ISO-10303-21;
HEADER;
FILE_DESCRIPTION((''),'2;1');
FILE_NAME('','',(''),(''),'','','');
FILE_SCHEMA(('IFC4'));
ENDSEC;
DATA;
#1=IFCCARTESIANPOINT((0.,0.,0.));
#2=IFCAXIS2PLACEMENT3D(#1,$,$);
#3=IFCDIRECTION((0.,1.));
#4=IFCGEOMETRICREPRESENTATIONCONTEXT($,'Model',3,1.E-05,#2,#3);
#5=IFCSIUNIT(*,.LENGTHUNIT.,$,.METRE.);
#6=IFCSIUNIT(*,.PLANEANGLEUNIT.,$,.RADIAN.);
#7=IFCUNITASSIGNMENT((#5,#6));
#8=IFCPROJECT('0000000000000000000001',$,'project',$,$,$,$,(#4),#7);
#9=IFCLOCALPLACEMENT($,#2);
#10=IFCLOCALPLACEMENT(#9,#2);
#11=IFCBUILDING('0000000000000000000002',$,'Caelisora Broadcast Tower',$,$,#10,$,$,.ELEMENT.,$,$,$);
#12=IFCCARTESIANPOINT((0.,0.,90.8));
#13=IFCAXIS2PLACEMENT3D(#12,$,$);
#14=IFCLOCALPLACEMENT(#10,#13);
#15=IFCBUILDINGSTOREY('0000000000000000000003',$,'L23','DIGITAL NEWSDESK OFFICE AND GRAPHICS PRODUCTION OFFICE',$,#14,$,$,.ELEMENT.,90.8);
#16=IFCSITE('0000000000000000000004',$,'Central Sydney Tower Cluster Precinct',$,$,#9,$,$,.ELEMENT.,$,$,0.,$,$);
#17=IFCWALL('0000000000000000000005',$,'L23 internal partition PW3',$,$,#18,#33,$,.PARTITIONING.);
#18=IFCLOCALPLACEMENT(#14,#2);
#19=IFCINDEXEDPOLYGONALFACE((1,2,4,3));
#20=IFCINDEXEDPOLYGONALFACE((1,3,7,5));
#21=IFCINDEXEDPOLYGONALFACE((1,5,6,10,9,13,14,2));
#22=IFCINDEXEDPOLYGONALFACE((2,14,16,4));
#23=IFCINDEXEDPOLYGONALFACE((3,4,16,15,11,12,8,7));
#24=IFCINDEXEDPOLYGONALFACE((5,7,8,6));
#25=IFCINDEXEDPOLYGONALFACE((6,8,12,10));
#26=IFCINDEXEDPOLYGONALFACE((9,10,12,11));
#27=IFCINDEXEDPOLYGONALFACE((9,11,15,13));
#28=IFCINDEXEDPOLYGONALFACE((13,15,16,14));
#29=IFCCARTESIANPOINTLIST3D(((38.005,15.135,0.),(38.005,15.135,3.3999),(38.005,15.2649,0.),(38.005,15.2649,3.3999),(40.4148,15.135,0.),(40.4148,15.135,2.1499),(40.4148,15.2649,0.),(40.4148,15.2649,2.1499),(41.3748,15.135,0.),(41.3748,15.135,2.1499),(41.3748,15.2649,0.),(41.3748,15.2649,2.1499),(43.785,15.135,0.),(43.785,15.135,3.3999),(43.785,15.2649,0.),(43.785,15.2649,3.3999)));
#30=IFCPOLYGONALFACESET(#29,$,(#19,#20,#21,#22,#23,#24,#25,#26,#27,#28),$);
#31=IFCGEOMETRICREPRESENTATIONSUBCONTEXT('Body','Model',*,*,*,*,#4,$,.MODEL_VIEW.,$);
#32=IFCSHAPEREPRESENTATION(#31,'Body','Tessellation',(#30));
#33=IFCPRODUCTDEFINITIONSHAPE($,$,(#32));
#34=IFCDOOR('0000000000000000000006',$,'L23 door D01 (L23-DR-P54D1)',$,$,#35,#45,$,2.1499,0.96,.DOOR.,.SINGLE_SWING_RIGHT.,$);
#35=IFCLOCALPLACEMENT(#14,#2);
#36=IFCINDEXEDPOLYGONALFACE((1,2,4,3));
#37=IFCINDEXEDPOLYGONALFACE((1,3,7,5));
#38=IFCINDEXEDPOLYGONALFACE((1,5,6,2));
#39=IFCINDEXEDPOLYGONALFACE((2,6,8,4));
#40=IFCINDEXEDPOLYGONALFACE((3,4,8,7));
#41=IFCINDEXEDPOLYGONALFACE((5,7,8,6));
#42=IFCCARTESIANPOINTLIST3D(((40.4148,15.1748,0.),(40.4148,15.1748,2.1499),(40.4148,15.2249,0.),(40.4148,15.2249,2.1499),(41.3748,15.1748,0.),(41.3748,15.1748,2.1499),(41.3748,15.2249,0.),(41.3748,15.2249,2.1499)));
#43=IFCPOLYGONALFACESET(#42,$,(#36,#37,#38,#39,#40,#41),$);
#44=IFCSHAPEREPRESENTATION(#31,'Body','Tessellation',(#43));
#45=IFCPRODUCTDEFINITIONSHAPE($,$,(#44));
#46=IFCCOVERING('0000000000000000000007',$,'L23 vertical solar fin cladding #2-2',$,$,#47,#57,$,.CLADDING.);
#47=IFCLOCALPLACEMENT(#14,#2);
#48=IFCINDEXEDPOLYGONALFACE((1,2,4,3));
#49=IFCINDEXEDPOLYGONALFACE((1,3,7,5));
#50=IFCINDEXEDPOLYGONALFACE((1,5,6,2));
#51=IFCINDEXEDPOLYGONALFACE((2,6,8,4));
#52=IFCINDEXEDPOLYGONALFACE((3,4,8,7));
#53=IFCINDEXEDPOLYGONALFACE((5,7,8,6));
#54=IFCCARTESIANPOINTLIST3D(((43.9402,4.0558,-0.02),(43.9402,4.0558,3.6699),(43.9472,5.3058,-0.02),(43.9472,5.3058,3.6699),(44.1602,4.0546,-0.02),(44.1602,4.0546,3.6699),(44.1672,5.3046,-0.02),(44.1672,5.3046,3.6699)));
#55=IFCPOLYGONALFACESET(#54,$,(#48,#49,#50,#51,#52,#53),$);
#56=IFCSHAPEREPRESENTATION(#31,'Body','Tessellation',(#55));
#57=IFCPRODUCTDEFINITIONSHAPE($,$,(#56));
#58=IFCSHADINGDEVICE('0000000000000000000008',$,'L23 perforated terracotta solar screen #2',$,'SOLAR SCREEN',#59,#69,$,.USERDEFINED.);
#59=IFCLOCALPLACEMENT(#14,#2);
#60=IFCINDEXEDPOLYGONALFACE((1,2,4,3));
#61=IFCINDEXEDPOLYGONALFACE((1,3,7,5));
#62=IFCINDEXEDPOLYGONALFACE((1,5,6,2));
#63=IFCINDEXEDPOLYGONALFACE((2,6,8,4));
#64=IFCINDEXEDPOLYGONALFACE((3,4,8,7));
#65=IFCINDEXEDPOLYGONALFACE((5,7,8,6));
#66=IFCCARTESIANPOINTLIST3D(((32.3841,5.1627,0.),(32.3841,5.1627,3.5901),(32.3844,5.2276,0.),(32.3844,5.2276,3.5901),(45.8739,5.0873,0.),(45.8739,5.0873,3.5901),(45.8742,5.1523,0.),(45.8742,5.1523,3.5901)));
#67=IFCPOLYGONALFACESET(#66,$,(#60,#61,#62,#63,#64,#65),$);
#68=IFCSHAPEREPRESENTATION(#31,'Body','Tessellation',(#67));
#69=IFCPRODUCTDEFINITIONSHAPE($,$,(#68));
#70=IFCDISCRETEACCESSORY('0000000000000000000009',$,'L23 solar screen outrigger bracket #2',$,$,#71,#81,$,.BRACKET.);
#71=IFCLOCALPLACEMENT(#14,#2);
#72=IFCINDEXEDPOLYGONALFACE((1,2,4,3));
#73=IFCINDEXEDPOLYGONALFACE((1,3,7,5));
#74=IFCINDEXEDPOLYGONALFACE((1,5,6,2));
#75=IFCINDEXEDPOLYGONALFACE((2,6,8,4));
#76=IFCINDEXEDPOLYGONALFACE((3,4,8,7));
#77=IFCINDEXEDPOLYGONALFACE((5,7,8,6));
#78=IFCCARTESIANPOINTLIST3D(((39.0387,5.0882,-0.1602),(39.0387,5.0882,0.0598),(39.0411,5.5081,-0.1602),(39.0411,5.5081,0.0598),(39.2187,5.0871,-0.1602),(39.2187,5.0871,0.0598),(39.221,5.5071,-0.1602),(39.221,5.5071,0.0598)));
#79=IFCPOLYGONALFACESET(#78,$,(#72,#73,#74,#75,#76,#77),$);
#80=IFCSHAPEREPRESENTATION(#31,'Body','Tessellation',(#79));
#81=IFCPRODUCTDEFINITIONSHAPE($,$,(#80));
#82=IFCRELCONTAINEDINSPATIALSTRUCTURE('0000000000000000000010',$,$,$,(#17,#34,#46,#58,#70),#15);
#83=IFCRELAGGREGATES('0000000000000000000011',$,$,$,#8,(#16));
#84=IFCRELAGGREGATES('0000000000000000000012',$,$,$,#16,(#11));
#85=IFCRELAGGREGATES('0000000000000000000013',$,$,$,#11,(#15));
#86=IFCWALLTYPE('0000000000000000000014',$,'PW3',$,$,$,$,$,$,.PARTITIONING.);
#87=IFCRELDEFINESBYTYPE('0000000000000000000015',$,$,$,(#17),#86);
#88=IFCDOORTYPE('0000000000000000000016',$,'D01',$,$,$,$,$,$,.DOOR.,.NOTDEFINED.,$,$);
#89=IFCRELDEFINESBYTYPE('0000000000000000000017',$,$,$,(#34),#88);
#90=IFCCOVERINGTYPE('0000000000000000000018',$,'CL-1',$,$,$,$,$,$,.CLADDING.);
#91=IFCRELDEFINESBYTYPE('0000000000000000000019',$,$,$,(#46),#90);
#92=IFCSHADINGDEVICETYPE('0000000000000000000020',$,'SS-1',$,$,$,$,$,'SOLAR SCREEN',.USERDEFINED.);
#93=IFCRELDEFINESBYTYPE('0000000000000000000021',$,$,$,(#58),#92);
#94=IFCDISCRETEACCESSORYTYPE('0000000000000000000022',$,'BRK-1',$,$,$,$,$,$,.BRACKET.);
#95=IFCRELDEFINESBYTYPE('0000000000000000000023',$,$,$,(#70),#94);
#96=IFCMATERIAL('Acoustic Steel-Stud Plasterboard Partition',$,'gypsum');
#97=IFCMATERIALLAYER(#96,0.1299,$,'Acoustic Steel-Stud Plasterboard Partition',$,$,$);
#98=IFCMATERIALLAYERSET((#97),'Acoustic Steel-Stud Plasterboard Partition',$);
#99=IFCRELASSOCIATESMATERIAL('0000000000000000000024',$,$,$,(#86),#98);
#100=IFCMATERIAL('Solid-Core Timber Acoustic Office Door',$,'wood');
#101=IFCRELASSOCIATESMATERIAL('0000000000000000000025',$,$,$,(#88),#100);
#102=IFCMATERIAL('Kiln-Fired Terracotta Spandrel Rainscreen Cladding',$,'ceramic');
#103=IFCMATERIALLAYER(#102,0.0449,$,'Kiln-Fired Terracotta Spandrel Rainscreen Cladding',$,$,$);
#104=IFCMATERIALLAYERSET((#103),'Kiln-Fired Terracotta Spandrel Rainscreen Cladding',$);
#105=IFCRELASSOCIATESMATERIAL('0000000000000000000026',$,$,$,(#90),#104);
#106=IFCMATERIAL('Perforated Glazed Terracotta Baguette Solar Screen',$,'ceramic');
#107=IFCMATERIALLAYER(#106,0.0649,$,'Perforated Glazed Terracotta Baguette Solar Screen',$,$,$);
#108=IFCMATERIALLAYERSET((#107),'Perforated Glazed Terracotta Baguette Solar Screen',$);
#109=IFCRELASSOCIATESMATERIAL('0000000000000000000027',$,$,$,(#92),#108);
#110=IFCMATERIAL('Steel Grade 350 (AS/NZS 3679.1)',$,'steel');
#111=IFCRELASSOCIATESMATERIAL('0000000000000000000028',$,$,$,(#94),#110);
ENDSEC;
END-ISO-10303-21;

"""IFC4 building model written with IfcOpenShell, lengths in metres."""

from ifc_helpers import new_model, si_unit, direction, frame, frame_2d, origin, origin_2d, place, context, subcontext, project, spatial, rectangle, extrude, source, transform, mapped, material, layer, layer_set, type_object, type_shapes, element, fill, save


model = new_model("IFC4")

# Units and contexts
model_context = context("Model", 3, precision=1e-05, world=origin(), true_north=direction((0.0, 1.0)))
body_context = subcontext(model_context, "Body", "Model", "MODEL_VIEW")
ifc_project = project(units=[si_unit("LENGTHUNIT", "METRE"), si_unit("PLANEANGLEUNIT", "RADIAN")], contexts=[model_context])

# Site, building, storey
site_placement = place(None, origin())
site = spatial("IfcSite", under=ifc_project, at=site_placement, Name="Central Sydney Tower Cluster Precinct", CompositionType="ELEMENT", RefElevation=0.0)
building_placement = place(site_placement, origin())
building = spatial("IfcBuilding", under=site, at=building_placement, Name="Caelisora Broadcast Tower", CompositionType="ELEMENT")
storey_placement = place(building_placement, frame((0.0, 0.0, 90.8)))
storey = spatial("IfcBuildingStorey", under=building, at=storey_placement, Name="L23", Description="DIGITAL NEWSDESK OFFICE AND GRAPHICS PRODUCTION OFFICE", CompositionType="ELEMENT", Elevation=90.8)

# Shared definitions
ifc_material_1 = material(Name="Steel Grade 350 (AS/NZS 3679.1)", Category="steel")

# Shared definitions
ifc_material_2 = material(Name="Acoustic Steel-Stud Plasterboard Partition", Category="gypsum")
ifc_layer_1 = layer(ifc_material_2, 0.1299, Name="Acoustic Steel-Stud Plasterboard Partition")
ifc_layer_set_1 = layer_set([ifc_layer_1], Name="Acoustic Steel-Stud Plasterboard Partition")
wall_type = type_object("IfcWallType", Name="PW3", PredefinedType="PARTITIONING", material=ifc_layer_set_1)
ifc_material_3 = material(Name="Solid-Core Timber Acoustic Office Door", Category="wood")
door_type = type_object("IfcDoorType", Name="D01", OperationType="NOTDEFINED", PredefinedType="DOOR", material=ifc_material_3)

# Wall, opening, door
wall_1_placement = place(storey_placement, frame((38.0049, 15.2, 0.0), z_axis=(0.0, 0.0, 1.0), x_axis=(1.0, 0.0, 0.0)))
wall_1 = element("IfcWall", 1, at=wall_1_placement, inside=storey, type_object=wall_type, Name="L23 internal partition PW3", PredefinedType="PARTITIONING", context=body_context, shape_type="SweptSolid", body=[
    extrude(rectangle(XDim=5.78, YDim=0.1299, at=frame_2d((2.8901, 0.0))), origin(), (0.0, 0.0, 1.0), 3.3999),
])
opening_1_placement = place(wall_1_placement, frame((2.4099, 0.0, 0.0)))
opening_1 = element("IfcOpeningElement", 2, at=opening_1_placement, cuts=wall_1, PredefinedType="OPENING", context=body_context, shape_type="SweptSolid", body=[
    extrude(rectangle(XDim=0.96, YDim=2.1499, at=frame_2d((0.48, 1.075))), frame((0.0, 0.0769, 0.0), z_axis=(0.0, -1.0, 0.0), x_axis=(1.0, 0.0, 0.0)), (0.0, 0.0, 1.0), 0.1538),
])
door_1_placement = place(opening_1_placement, origin())
door_1 = element("IfcDoor", 3, at=door_1_placement, inside=storey, type_object=door_type, Name="L23 door D01 (L23-DR-P54D1)", OperationType="SINGLE_SWING_RIGHT", OverallHeight=2.1499, OverallWidth=0.96, PredefinedType="DOOR", context=body_context, shape_type="SweptSolid", body=[
    extrude(rectangle(XDim=0.96, YDim=2.1499, at=frame_2d((0.48, 1.075))), frame((0.0, 0.0249, 0.0), z_axis=(0.0, -1.0, 0.0), x_axis=(1.0, 0.0, 0.0)), (0.0, 0.0, 1.0), 0.05),
])
fill(opening_1, door_1)

# Covering
ifc_material_4 = material(Name="Kiln-Fired Terracotta Spandrel Rainscreen Cladding", Category="ceramic")
ifc_layer_2 = layer(ifc_material_4, 0.0449, Name="Kiln-Fired Terracotta Spandrel Rainscreen Cladding")
ifc_layer_set_2 = layer_set([ifc_layer_2], Name="Kiln-Fired Terracotta Spandrel Rainscreen Cladding")
covering_type = type_object("IfcCoveringType", Name="CL-1", PredefinedType="CLADDING", material=ifc_layer_set_2)
shared_shape_1 = source(origin(), body_context, "Body", "SweptSolid", [
    extrude(rectangle(XDim=0.22, YDim=1.25, at=origin_2d()), origin(), (0.0, 0.0, 1.0), 3.6899),
])
type_shapes(covering_type, [shared_shape_1])
covering_placement = place(storey_placement, frame((44.0537, 4.6802, -0.02), z_axis=(0.0, 0.0, 1.0), x_axis=(-0.999984, 0.005585, 0.0)))
element("IfcCovering", 4, at=covering_placement, inside=storey, type_object=covering_type, Name="L23 vertical solar fin cladding #2-2", PredefinedType="CLADDING", context=body_context, shape_type="MappedRepresentation", body=[
    mapped(shared_shape_1, transform((0.0, 0.0, 0.0), scale=1.0)),
])

# Shading device
ifc_material_5 = material(Name="Perforated Glazed Terracotta Baguette Solar Screen", Category="ceramic")
ifc_layer_3 = layer(ifc_material_5, 0.0649, Name="Perforated Glazed Terracotta Baguette Solar Screen")
ifc_layer_set_3 = layer_set([ifc_layer_3], Name="Perforated Glazed Terracotta Baguette Solar Screen")
shading_device_type = type_object("IfcShadingDeviceType", Name="SS-1", ElementType="SOLAR SCREEN", PredefinedType="USERDEFINED", material=ifc_layer_set_3)
shared_shape_2 = source(origin(), body_context, "Body", "SweptSolid", [
    extrude(rectangle(XDim=13.49, YDim=0.0649, at=origin_2d()), origin(), (0.0, 0.0, 1.0), 3.5901),
])
type_shapes(shading_device_type, [shared_shape_2])
shading_device_placement = place(storey_placement, frame((39.1292, 5.1575, 0.0), z_axis=(0.0, 0.0, 1.0), x_axis=(0.999984, -0.005585, 0.0)))
element("IfcShadingDevice", 5, at=shading_device_placement, inside=storey, type_object=shading_device_type, Name="L23 perforated terracotta solar screen #2", ObjectType="SOLAR SCREEN", PredefinedType="USERDEFINED", context=body_context, shape_type="MappedRepresentation", body=[
    mapped(shared_shape_2, transform((0.0, 0.0, 0.0), scale=1.0)),
])

# Discrete accessory
discrete_accessory_type = type_object("IfcDiscreteAccessoryType", Name="BRK-1", PredefinedType="BRACKET", material=ifc_material_1)
shared_shape_3 = source(origin(), body_context, "Body", "SweptSolid", [
    extrude(rectangle(XDim=0.1799, YDim=0.4199, at=origin_2d()), origin(), (0.0, 0.0, 1.0), 0.22),
])
type_shapes(discrete_accessory_type, [shared_shape_3])
discrete_accessory_placement = place(storey_placement, frame((39.1299, 5.2976, -0.1602), z_axis=(0.0, 0.0, 1.0), x_axis=(0.999984, -0.005585, 0.0)))
element("IfcDiscreteAccessory", 6, at=discrete_accessory_placement, inside=storey, type_object=discrete_accessory_type, Name="L23 solar screen outrigger bracket #2", PredefinedType="BRACKET", context=body_context, shape_type="MappedRepresentation", body=[
    mapped(shared_shape_3, transform((0.0, 0.0, 0.0), scale=1.0)),
])

save(model, "model.ifc")
